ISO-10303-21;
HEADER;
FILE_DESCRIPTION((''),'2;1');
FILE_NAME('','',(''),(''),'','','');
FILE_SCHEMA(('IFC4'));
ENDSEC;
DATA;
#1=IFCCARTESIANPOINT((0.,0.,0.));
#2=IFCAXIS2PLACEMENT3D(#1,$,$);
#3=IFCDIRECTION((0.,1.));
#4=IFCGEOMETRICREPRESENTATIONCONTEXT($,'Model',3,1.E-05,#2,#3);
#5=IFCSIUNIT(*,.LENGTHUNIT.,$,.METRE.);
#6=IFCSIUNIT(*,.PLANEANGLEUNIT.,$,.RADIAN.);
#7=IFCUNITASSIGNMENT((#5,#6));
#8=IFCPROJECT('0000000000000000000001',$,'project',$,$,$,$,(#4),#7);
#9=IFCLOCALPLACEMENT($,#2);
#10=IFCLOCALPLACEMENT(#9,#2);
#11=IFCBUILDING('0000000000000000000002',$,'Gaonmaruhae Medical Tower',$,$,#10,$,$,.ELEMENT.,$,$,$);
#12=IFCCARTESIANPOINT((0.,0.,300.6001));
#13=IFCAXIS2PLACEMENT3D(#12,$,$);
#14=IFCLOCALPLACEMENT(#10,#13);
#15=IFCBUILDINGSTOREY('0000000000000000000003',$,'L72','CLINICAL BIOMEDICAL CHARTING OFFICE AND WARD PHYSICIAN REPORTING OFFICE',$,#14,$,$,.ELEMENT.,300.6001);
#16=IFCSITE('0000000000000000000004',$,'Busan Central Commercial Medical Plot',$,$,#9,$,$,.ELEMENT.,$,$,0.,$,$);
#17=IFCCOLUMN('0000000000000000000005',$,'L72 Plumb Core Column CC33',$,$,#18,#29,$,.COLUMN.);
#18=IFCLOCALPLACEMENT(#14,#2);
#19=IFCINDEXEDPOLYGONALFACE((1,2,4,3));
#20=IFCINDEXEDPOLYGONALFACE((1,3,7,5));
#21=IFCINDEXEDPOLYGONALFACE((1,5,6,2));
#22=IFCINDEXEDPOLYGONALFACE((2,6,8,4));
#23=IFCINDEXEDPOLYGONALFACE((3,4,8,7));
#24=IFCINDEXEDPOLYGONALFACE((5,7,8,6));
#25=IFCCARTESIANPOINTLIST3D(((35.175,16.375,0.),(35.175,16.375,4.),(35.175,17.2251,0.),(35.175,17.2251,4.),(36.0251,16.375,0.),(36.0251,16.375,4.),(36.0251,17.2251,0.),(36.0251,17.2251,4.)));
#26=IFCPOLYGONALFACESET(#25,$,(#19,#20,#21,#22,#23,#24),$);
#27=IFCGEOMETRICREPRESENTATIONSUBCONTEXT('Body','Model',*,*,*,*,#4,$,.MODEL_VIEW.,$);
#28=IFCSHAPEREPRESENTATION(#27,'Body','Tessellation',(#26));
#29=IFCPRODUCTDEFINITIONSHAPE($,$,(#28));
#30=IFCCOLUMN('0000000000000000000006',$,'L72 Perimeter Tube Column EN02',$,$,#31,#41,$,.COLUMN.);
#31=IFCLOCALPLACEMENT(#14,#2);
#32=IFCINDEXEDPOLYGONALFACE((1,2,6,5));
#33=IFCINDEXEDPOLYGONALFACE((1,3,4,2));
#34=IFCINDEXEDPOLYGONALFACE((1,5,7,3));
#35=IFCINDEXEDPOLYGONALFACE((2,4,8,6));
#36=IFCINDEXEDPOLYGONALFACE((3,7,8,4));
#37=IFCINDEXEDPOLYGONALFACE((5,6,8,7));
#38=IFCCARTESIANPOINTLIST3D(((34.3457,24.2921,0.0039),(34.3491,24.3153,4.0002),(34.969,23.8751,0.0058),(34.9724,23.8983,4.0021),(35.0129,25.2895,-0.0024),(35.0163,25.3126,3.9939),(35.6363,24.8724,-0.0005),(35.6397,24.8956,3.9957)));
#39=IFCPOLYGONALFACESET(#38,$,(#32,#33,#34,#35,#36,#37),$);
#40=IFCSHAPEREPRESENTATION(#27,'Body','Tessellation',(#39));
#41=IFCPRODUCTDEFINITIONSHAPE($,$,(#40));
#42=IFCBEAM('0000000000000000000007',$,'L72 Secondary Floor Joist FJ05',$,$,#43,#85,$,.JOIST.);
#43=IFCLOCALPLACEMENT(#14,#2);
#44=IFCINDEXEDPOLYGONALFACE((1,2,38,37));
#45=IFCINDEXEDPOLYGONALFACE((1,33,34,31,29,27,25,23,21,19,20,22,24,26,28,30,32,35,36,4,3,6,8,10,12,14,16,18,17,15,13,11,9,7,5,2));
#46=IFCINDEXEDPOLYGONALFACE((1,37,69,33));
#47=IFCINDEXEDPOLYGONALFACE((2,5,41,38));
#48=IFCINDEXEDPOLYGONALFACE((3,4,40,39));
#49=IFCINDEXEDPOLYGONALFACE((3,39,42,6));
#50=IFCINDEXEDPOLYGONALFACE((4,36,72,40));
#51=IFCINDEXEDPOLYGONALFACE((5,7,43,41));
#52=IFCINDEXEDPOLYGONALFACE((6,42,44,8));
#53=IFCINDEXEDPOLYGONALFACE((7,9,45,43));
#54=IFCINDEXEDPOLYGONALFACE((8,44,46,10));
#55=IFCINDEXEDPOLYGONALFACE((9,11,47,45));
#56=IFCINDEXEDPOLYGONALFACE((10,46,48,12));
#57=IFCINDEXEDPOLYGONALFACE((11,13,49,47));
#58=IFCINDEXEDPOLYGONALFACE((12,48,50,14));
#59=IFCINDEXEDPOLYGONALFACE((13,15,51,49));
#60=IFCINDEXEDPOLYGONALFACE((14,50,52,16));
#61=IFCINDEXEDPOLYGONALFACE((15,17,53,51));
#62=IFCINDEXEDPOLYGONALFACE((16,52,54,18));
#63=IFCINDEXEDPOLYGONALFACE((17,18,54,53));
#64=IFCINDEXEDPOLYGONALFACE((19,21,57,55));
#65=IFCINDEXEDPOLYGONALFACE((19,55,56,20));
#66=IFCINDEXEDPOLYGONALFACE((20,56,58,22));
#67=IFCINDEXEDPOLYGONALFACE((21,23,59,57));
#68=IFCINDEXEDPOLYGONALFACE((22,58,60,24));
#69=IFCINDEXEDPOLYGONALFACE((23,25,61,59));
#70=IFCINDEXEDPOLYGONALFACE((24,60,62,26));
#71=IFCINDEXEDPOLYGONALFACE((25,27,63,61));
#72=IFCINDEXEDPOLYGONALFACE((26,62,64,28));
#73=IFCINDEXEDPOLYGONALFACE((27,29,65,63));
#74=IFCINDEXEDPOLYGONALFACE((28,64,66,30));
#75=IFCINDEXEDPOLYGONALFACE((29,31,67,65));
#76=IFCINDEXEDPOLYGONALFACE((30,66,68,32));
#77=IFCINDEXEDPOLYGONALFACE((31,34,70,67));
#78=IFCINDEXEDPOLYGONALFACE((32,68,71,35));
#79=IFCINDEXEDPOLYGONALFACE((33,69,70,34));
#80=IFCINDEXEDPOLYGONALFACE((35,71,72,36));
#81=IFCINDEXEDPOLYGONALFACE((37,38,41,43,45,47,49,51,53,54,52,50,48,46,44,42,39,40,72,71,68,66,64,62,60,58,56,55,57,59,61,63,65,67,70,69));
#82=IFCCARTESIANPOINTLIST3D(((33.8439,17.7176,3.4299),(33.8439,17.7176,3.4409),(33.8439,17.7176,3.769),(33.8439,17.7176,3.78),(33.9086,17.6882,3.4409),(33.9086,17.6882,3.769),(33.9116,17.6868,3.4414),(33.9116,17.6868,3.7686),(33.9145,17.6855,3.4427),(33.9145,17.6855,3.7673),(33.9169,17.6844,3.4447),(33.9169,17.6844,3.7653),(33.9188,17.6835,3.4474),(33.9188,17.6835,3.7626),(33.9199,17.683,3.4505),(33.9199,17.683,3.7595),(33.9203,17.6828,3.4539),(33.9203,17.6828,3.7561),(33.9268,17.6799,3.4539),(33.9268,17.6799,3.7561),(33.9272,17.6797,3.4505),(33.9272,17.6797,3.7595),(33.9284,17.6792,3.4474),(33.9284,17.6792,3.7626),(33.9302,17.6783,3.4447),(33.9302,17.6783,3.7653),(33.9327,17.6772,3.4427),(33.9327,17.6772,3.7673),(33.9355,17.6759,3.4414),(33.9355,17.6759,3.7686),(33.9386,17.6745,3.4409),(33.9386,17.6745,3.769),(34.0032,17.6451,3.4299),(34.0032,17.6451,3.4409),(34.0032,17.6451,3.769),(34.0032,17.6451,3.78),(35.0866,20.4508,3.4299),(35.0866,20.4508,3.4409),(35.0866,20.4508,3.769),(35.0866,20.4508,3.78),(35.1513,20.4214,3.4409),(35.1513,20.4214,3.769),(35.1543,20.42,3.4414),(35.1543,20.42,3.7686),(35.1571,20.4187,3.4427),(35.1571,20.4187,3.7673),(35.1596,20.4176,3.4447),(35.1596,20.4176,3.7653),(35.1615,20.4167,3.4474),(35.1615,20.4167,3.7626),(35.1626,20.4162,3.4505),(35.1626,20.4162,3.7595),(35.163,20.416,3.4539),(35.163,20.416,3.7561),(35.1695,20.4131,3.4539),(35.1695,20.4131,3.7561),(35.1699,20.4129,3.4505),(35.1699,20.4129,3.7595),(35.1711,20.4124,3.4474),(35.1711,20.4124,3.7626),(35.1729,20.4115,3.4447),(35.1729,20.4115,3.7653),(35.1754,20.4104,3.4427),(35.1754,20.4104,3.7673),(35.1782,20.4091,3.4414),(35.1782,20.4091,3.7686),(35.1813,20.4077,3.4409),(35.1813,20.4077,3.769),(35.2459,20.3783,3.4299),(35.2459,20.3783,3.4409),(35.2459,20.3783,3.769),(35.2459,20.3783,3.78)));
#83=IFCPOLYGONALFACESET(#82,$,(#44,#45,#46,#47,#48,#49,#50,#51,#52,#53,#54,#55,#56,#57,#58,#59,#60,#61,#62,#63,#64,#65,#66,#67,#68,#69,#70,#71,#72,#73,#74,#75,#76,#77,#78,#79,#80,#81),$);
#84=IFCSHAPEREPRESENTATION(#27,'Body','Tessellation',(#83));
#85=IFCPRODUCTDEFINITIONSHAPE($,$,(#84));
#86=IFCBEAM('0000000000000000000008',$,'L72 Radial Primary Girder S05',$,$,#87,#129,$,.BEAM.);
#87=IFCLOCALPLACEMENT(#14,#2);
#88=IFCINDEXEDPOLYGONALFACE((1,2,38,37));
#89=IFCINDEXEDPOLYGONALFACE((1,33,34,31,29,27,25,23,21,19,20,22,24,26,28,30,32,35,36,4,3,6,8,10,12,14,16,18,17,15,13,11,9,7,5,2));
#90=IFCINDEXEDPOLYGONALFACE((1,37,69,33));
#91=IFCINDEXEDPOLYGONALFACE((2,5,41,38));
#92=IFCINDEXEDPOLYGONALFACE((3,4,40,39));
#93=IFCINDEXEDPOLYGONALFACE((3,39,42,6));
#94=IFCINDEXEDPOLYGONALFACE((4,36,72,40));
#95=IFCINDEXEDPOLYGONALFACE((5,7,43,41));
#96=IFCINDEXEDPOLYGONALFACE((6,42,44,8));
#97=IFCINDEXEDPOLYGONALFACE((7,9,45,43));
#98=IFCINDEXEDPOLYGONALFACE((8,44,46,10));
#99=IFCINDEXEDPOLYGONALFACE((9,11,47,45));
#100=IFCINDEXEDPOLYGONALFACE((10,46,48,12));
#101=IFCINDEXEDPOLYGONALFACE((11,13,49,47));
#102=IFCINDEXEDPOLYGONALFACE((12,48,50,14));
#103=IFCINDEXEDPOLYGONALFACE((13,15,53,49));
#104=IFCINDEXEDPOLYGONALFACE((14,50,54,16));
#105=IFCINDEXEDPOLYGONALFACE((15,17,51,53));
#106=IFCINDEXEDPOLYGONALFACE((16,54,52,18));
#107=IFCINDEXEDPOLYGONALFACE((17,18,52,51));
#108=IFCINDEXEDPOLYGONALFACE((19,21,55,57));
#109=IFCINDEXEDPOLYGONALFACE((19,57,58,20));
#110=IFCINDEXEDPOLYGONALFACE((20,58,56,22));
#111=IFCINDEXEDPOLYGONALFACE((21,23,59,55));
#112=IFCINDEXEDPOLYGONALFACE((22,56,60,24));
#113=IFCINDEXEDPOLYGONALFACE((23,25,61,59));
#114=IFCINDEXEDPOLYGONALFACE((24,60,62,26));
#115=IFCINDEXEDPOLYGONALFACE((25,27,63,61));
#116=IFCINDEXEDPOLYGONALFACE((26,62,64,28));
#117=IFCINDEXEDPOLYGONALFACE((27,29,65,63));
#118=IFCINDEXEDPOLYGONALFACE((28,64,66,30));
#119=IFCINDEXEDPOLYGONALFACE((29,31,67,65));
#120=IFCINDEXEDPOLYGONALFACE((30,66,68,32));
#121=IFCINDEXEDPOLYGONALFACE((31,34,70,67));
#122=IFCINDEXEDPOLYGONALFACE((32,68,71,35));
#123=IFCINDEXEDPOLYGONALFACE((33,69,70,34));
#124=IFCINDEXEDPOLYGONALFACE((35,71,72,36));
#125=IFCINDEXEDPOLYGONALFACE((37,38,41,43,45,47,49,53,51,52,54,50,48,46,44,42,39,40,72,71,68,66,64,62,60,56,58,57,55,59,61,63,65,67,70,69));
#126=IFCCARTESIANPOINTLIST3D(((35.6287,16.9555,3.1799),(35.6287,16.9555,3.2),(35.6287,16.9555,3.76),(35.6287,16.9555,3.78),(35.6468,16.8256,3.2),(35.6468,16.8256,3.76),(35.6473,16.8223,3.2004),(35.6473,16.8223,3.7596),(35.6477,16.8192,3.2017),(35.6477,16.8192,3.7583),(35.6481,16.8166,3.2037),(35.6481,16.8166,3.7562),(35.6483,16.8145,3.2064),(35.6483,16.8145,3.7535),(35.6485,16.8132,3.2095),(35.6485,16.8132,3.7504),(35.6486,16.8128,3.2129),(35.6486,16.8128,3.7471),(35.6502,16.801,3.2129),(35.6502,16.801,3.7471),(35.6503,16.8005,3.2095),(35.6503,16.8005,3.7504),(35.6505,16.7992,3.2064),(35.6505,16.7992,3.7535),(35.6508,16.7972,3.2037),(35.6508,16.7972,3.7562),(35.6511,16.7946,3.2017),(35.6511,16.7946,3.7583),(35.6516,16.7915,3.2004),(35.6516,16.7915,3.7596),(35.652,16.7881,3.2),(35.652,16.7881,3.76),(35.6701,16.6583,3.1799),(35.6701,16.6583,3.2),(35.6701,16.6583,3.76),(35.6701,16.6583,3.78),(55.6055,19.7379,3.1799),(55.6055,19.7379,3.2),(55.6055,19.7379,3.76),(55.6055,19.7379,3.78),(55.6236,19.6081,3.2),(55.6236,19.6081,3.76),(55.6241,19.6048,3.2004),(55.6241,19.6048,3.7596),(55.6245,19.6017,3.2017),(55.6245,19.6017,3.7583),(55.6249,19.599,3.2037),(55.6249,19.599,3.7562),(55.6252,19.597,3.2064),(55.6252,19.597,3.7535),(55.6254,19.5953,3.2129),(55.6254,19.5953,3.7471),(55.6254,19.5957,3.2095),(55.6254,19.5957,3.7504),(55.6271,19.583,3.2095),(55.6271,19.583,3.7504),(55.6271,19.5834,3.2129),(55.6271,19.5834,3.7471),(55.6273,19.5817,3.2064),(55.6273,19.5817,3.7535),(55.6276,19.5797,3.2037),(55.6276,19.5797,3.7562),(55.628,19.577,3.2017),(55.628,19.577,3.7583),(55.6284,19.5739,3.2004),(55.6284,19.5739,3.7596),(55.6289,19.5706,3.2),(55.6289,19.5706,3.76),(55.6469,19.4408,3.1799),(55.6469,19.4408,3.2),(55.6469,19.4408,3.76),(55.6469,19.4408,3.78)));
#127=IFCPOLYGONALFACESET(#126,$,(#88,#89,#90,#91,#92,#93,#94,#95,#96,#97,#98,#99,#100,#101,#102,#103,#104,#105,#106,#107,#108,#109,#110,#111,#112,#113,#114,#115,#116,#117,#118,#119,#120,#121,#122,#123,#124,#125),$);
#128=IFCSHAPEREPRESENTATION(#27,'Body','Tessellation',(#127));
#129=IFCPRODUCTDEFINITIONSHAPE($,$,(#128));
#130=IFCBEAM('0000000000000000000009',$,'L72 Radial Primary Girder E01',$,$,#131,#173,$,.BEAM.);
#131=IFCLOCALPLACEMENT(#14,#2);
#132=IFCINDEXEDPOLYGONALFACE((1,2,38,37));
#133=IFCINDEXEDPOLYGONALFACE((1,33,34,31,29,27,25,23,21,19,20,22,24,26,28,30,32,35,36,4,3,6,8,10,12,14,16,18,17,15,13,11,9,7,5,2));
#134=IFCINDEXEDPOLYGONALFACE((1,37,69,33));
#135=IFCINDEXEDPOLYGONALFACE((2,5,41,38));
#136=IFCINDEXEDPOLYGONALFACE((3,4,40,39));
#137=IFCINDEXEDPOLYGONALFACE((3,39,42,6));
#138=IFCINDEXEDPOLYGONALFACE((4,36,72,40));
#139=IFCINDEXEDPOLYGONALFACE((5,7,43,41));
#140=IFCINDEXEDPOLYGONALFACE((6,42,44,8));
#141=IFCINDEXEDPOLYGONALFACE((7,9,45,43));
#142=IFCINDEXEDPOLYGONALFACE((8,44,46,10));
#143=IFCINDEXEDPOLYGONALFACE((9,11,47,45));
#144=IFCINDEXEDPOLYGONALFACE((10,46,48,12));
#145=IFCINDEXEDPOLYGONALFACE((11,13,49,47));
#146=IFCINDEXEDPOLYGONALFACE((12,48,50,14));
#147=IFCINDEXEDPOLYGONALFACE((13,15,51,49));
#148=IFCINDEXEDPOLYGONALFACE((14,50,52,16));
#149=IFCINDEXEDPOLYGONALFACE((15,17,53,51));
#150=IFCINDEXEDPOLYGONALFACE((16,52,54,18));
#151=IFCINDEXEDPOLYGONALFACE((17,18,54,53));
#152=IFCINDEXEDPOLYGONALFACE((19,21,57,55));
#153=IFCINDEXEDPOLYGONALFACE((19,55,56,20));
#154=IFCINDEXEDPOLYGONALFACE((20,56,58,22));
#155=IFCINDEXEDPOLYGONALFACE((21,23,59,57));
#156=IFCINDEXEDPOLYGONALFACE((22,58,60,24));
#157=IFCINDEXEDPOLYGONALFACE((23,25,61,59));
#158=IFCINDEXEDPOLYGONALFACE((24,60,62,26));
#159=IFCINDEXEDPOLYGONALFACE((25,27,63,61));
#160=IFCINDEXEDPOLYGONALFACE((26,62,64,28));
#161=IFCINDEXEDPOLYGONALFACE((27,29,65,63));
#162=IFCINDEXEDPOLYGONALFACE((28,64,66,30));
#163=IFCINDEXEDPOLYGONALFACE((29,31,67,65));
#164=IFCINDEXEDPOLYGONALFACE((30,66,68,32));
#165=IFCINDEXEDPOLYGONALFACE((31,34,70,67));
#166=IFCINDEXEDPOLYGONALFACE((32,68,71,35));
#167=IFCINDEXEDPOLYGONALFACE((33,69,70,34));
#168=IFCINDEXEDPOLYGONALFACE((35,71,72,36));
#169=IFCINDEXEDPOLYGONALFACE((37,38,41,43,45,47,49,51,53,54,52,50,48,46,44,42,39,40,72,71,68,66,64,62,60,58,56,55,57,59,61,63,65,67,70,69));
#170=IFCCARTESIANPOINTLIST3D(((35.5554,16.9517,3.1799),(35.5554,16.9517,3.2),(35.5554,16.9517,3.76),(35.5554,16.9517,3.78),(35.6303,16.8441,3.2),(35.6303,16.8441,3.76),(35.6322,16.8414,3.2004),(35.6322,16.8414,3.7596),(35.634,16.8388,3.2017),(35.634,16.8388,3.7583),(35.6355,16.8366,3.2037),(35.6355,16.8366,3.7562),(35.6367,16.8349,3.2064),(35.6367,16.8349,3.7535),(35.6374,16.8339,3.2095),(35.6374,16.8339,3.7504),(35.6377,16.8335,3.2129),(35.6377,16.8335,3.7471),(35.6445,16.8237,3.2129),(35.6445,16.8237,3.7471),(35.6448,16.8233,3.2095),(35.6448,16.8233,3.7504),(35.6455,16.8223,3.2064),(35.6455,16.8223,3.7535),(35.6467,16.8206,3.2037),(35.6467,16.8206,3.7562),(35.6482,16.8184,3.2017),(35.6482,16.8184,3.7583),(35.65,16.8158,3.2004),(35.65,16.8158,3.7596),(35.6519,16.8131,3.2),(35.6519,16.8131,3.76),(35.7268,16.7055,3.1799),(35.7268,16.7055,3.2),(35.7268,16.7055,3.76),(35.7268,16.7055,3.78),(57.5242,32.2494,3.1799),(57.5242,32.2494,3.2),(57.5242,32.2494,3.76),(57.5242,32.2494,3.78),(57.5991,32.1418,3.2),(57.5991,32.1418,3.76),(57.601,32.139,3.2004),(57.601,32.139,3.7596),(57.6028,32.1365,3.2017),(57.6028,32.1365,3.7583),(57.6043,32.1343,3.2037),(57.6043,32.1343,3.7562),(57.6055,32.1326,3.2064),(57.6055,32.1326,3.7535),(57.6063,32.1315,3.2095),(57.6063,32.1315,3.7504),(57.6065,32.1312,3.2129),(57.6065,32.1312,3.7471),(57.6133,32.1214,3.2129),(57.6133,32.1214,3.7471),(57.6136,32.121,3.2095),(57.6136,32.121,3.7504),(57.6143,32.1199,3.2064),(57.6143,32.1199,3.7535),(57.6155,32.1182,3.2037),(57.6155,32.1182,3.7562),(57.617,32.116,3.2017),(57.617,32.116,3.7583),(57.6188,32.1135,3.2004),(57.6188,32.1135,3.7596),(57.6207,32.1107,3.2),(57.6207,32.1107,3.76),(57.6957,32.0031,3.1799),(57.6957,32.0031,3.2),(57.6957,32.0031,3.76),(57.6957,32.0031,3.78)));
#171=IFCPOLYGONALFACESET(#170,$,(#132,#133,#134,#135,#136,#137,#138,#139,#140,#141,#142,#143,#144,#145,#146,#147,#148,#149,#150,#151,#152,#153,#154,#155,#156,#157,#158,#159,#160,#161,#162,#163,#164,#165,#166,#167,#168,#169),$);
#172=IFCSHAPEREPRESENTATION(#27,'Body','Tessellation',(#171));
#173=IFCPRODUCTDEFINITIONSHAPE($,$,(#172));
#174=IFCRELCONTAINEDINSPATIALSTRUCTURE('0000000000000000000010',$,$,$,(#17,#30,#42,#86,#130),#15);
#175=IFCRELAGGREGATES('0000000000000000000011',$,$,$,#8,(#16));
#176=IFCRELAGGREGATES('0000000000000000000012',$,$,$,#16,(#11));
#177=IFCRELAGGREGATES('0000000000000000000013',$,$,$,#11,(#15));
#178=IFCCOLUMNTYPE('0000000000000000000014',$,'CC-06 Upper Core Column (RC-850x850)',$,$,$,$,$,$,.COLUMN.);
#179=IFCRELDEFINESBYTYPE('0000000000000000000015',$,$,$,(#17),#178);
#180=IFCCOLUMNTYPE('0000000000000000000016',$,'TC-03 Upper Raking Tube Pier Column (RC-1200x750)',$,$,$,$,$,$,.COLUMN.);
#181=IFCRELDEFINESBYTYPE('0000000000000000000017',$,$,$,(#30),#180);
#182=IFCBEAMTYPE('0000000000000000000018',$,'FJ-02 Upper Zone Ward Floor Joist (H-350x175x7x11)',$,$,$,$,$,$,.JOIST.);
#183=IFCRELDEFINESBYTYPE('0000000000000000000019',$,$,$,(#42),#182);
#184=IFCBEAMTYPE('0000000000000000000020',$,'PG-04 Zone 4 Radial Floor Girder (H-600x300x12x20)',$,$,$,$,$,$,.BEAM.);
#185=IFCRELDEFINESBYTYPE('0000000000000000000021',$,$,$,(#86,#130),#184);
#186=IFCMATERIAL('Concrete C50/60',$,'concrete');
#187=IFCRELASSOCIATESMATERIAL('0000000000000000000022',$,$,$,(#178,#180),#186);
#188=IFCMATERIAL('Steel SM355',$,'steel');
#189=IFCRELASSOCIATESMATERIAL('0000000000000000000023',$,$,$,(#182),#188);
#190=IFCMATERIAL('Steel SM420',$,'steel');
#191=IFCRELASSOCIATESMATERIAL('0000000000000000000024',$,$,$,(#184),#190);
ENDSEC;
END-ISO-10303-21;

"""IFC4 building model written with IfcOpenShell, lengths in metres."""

from ifc_helpers import new_model, si_unit, direction, frame, origin, origin_2d, place, context, subcontext, project, spatial, rectangle, i_section, extrude, material, material_profile, profile_set, type_object, element, save


model = new_model("IFC4")

# Units and contexts
model_context = context("Model", 3, precision=1e-05, world=origin(), true_north=direction((0.0, 1.0)))
body_context = subcontext(model_context, "Body", "Model", "MODEL_VIEW")
ifc_project = project(units=[si_unit("LENGTHUNIT", "METRE"), si_unit("PLANEANGLEUNIT", "RADIAN")], contexts=[model_context])

# Site, building, storey
site_placement = place(None, origin())
site = spatial("IfcSite", under=ifc_project, at=site_placement, Name="Busan Central Commercial Medical Plot", CompositionType="ELEMENT", RefElevation=0.0)
building_placement = place(site_placement, origin())
building = spatial("IfcBuilding", under=site, at=building_placement, Name="Gaonmaruhae Medical Tower", CompositionType="ELEMENT")
storey_placement = place(building_placement, frame((0.0, 0.0, 300.6001)))
storey = spatial("IfcBuildingStorey", under=building, at=storey_placement, Name="L72", Description="CLINICAL BIOMEDICAL CHARTING OFFICE AND WARD PHYSICIAN REPORTING OFFICE", CompositionType="ELEMENT", Elevation=300.6001)

# Columns
ifc_material_1 = material(Name="Concrete C50/60", Category="concrete")
ifc_material_profile_1 = material_profile(ifc_material_1, rectangle(XDim=0.8501, YDim=0.8501, at=origin_2d()), Name="RC-850x850")
ifc_profile_set_1 = profile_set([ifc_material_profile_1], Name="Concrete C50/60")
column_type_1 = type_object("IfcColumnType", Name="CC-06 Upper Core Column (RC-850x850)", PredefinedType="COLUMN", material=ifc_profile_set_1)
column_1_placement = place(storey_placement, frame((35.6001, 16.8, 0.0), z_axis=(0.0, 0.0, 1.0), x_axis=(1.0, 0.0, 0.0)))
element("IfcColumn", 1, at=column_1_placement, inside=storey, type_object=column_type_1, Name="L72 Plumb Core Column CC33", PredefinedType="COLUMN", context=body_context, shape_type="SweptSolid", body=[
    extrude(rectangle(XDim=0.8501, YDim=0.8501, at=origin_2d()), origin(), (0.0, 0.0, 1.0), 4.0),
])
ifc_material_profile_2 = material_profile(ifc_material_1, rectangle(XDim=1.2, YDim=0.75, at=origin_2d()), Name="RC-1200x750")
ifc_profile_set_2 = profile_set([ifc_material_profile_2], Name="Concrete C50/60")
column_type_2 = type_object("IfcColumnType", Name="TC-03 Upper Raking Tube Pier Column (RC-1200x750)", PredefinedType="COLUMN", material=ifc_profile_set_2)
column_2_placement = place(storey_placement, frame((34.991, 24.5823, 0.0017), z_axis=(0.000855, 0.005804, 0.999983), x_axis=(-0.55605, -0.831132, 0.005299)))
element("IfcColumn", 2, at=column_2_placement, inside=storey, type_object=column_type_2, Name="L72 Perimeter Tube Column EN02", PredefinedType="COLUMN", context=body_context, shape_type="SweptSolid", body=[
    extrude(rectangle(XDim=1.2, YDim=0.75, at=origin_2d()), origin(), (0.0, 0.0, 1.0), 3.9963),
])

# Beams
ifc_material_2 = material(Name="Steel SM355", Category="steel")
ifc_material_profile_3 = material_profile(ifc_material_2, i_section(OverallWidth=0.175, OverallDepth=0.3501, WebThickness=0.0071, FlangeThickness=0.011, FilletRadius=0.0129, at=origin_2d()), Name="H-350x175x7x11")
ifc_profile_set_3 = profile_set([ifc_material_profile_3], Name="Steel SM355")
beam_type_1 = type_object("IfcBeamType", Name="FJ-02 Upper Zone Ward Floor Joist (H-350x175x7x11)", PredefinedType="JOIST", material=ifc_profile_set_3)
beam_1_placement = place(storey_placement, frame((35.1663, 20.4146, 3.605), z_axis=(-0.413895, -0.910325, 0.0), x_axis=(0.910325, -0.413895, 0.0)))
element("IfcBeam", 3, at=beam_1_placement, inside=storey, type_object=beam_type_1, Name="L72 Secondary Floor Joist FJ05", PredefinedType="JOIST", context=body_context, shape_type="SweptSolid", body=[
    extrude(i_section(OverallWidth=0.175, OverallDepth=0.3501, WebThickness=0.0071, FlangeThickness=0.011, FilletRadius=0.0129, at=origin_2d()), origin(), (0.0, 0.0, 1.0), 3.0024),
])
ifc_material_3 = material(Name="Steel SM420", Category="steel")
ifc_material_profile_4 = material_profile(ifc_material_3, i_section(OverallWidth=0.3, OverallDepth=0.6001, WebThickness=0.012, FlangeThickness=0.02, FilletRadius=0.0129, at=origin_2d()), Name="H-600x300x12x20")
ifc_profile_set_4 = profile_set([ifc_material_profile_4], Name="Steel SM420")
beam_type_2 = type_object("IfcBeamType", Name="PG-04 Zone 4 Radial Floor Girder (H-600x300x12x20)", PredefinedType="BEAM", material=ifc_profile_set_4)
beam_2_placement = place(storey_placement, frame((35.6494, 16.8069, 3.48), z_axis=(0.990439, 0.137953, 0.0), x_axis=(-0.137953, 0.990439, 0.0)))
element("IfcBeam", 4, at=beam_2_placement, inside=storey, type_object=beam_type_2, Name="L72 Radial Primary Girder S05", PredefinedType="BEAM", context=body_context, shape_type="SweptSolid", body=[
    extrude(i_section(OverallWidth=0.3, OverallDepth=0.6001, WebThickness=0.012, FlangeThickness=0.02, FilletRadius=0.0129, at=origin_2d()), origin(), (0.0, 0.0, 1.0), 20.1697),
])
beam_3_placement = place(storey_placement, frame((35.6411, 16.8286, 3.48), z_axis=(0.820642, 0.571442, 0.0), x_axis=(-0.571442, 0.820642, 0.0)))
element("IfcBeam", 5, at=beam_3_placement, inside=storey, type_object=beam_type_2, Name="L72 Radial Primary Girder E01", PredefinedType="BEAM", context=body_context, shape_type="SweptSolid", body=[
    extrude(i_section(OverallWidth=0.3, OverallDepth=0.6001, WebThickness=0.012, FlangeThickness=0.02, FilletRadius=0.0129, at=origin_2d()), origin(), (0.0, 0.0, 1.0), 26.7703),
])

save(model, "model.ifc")
